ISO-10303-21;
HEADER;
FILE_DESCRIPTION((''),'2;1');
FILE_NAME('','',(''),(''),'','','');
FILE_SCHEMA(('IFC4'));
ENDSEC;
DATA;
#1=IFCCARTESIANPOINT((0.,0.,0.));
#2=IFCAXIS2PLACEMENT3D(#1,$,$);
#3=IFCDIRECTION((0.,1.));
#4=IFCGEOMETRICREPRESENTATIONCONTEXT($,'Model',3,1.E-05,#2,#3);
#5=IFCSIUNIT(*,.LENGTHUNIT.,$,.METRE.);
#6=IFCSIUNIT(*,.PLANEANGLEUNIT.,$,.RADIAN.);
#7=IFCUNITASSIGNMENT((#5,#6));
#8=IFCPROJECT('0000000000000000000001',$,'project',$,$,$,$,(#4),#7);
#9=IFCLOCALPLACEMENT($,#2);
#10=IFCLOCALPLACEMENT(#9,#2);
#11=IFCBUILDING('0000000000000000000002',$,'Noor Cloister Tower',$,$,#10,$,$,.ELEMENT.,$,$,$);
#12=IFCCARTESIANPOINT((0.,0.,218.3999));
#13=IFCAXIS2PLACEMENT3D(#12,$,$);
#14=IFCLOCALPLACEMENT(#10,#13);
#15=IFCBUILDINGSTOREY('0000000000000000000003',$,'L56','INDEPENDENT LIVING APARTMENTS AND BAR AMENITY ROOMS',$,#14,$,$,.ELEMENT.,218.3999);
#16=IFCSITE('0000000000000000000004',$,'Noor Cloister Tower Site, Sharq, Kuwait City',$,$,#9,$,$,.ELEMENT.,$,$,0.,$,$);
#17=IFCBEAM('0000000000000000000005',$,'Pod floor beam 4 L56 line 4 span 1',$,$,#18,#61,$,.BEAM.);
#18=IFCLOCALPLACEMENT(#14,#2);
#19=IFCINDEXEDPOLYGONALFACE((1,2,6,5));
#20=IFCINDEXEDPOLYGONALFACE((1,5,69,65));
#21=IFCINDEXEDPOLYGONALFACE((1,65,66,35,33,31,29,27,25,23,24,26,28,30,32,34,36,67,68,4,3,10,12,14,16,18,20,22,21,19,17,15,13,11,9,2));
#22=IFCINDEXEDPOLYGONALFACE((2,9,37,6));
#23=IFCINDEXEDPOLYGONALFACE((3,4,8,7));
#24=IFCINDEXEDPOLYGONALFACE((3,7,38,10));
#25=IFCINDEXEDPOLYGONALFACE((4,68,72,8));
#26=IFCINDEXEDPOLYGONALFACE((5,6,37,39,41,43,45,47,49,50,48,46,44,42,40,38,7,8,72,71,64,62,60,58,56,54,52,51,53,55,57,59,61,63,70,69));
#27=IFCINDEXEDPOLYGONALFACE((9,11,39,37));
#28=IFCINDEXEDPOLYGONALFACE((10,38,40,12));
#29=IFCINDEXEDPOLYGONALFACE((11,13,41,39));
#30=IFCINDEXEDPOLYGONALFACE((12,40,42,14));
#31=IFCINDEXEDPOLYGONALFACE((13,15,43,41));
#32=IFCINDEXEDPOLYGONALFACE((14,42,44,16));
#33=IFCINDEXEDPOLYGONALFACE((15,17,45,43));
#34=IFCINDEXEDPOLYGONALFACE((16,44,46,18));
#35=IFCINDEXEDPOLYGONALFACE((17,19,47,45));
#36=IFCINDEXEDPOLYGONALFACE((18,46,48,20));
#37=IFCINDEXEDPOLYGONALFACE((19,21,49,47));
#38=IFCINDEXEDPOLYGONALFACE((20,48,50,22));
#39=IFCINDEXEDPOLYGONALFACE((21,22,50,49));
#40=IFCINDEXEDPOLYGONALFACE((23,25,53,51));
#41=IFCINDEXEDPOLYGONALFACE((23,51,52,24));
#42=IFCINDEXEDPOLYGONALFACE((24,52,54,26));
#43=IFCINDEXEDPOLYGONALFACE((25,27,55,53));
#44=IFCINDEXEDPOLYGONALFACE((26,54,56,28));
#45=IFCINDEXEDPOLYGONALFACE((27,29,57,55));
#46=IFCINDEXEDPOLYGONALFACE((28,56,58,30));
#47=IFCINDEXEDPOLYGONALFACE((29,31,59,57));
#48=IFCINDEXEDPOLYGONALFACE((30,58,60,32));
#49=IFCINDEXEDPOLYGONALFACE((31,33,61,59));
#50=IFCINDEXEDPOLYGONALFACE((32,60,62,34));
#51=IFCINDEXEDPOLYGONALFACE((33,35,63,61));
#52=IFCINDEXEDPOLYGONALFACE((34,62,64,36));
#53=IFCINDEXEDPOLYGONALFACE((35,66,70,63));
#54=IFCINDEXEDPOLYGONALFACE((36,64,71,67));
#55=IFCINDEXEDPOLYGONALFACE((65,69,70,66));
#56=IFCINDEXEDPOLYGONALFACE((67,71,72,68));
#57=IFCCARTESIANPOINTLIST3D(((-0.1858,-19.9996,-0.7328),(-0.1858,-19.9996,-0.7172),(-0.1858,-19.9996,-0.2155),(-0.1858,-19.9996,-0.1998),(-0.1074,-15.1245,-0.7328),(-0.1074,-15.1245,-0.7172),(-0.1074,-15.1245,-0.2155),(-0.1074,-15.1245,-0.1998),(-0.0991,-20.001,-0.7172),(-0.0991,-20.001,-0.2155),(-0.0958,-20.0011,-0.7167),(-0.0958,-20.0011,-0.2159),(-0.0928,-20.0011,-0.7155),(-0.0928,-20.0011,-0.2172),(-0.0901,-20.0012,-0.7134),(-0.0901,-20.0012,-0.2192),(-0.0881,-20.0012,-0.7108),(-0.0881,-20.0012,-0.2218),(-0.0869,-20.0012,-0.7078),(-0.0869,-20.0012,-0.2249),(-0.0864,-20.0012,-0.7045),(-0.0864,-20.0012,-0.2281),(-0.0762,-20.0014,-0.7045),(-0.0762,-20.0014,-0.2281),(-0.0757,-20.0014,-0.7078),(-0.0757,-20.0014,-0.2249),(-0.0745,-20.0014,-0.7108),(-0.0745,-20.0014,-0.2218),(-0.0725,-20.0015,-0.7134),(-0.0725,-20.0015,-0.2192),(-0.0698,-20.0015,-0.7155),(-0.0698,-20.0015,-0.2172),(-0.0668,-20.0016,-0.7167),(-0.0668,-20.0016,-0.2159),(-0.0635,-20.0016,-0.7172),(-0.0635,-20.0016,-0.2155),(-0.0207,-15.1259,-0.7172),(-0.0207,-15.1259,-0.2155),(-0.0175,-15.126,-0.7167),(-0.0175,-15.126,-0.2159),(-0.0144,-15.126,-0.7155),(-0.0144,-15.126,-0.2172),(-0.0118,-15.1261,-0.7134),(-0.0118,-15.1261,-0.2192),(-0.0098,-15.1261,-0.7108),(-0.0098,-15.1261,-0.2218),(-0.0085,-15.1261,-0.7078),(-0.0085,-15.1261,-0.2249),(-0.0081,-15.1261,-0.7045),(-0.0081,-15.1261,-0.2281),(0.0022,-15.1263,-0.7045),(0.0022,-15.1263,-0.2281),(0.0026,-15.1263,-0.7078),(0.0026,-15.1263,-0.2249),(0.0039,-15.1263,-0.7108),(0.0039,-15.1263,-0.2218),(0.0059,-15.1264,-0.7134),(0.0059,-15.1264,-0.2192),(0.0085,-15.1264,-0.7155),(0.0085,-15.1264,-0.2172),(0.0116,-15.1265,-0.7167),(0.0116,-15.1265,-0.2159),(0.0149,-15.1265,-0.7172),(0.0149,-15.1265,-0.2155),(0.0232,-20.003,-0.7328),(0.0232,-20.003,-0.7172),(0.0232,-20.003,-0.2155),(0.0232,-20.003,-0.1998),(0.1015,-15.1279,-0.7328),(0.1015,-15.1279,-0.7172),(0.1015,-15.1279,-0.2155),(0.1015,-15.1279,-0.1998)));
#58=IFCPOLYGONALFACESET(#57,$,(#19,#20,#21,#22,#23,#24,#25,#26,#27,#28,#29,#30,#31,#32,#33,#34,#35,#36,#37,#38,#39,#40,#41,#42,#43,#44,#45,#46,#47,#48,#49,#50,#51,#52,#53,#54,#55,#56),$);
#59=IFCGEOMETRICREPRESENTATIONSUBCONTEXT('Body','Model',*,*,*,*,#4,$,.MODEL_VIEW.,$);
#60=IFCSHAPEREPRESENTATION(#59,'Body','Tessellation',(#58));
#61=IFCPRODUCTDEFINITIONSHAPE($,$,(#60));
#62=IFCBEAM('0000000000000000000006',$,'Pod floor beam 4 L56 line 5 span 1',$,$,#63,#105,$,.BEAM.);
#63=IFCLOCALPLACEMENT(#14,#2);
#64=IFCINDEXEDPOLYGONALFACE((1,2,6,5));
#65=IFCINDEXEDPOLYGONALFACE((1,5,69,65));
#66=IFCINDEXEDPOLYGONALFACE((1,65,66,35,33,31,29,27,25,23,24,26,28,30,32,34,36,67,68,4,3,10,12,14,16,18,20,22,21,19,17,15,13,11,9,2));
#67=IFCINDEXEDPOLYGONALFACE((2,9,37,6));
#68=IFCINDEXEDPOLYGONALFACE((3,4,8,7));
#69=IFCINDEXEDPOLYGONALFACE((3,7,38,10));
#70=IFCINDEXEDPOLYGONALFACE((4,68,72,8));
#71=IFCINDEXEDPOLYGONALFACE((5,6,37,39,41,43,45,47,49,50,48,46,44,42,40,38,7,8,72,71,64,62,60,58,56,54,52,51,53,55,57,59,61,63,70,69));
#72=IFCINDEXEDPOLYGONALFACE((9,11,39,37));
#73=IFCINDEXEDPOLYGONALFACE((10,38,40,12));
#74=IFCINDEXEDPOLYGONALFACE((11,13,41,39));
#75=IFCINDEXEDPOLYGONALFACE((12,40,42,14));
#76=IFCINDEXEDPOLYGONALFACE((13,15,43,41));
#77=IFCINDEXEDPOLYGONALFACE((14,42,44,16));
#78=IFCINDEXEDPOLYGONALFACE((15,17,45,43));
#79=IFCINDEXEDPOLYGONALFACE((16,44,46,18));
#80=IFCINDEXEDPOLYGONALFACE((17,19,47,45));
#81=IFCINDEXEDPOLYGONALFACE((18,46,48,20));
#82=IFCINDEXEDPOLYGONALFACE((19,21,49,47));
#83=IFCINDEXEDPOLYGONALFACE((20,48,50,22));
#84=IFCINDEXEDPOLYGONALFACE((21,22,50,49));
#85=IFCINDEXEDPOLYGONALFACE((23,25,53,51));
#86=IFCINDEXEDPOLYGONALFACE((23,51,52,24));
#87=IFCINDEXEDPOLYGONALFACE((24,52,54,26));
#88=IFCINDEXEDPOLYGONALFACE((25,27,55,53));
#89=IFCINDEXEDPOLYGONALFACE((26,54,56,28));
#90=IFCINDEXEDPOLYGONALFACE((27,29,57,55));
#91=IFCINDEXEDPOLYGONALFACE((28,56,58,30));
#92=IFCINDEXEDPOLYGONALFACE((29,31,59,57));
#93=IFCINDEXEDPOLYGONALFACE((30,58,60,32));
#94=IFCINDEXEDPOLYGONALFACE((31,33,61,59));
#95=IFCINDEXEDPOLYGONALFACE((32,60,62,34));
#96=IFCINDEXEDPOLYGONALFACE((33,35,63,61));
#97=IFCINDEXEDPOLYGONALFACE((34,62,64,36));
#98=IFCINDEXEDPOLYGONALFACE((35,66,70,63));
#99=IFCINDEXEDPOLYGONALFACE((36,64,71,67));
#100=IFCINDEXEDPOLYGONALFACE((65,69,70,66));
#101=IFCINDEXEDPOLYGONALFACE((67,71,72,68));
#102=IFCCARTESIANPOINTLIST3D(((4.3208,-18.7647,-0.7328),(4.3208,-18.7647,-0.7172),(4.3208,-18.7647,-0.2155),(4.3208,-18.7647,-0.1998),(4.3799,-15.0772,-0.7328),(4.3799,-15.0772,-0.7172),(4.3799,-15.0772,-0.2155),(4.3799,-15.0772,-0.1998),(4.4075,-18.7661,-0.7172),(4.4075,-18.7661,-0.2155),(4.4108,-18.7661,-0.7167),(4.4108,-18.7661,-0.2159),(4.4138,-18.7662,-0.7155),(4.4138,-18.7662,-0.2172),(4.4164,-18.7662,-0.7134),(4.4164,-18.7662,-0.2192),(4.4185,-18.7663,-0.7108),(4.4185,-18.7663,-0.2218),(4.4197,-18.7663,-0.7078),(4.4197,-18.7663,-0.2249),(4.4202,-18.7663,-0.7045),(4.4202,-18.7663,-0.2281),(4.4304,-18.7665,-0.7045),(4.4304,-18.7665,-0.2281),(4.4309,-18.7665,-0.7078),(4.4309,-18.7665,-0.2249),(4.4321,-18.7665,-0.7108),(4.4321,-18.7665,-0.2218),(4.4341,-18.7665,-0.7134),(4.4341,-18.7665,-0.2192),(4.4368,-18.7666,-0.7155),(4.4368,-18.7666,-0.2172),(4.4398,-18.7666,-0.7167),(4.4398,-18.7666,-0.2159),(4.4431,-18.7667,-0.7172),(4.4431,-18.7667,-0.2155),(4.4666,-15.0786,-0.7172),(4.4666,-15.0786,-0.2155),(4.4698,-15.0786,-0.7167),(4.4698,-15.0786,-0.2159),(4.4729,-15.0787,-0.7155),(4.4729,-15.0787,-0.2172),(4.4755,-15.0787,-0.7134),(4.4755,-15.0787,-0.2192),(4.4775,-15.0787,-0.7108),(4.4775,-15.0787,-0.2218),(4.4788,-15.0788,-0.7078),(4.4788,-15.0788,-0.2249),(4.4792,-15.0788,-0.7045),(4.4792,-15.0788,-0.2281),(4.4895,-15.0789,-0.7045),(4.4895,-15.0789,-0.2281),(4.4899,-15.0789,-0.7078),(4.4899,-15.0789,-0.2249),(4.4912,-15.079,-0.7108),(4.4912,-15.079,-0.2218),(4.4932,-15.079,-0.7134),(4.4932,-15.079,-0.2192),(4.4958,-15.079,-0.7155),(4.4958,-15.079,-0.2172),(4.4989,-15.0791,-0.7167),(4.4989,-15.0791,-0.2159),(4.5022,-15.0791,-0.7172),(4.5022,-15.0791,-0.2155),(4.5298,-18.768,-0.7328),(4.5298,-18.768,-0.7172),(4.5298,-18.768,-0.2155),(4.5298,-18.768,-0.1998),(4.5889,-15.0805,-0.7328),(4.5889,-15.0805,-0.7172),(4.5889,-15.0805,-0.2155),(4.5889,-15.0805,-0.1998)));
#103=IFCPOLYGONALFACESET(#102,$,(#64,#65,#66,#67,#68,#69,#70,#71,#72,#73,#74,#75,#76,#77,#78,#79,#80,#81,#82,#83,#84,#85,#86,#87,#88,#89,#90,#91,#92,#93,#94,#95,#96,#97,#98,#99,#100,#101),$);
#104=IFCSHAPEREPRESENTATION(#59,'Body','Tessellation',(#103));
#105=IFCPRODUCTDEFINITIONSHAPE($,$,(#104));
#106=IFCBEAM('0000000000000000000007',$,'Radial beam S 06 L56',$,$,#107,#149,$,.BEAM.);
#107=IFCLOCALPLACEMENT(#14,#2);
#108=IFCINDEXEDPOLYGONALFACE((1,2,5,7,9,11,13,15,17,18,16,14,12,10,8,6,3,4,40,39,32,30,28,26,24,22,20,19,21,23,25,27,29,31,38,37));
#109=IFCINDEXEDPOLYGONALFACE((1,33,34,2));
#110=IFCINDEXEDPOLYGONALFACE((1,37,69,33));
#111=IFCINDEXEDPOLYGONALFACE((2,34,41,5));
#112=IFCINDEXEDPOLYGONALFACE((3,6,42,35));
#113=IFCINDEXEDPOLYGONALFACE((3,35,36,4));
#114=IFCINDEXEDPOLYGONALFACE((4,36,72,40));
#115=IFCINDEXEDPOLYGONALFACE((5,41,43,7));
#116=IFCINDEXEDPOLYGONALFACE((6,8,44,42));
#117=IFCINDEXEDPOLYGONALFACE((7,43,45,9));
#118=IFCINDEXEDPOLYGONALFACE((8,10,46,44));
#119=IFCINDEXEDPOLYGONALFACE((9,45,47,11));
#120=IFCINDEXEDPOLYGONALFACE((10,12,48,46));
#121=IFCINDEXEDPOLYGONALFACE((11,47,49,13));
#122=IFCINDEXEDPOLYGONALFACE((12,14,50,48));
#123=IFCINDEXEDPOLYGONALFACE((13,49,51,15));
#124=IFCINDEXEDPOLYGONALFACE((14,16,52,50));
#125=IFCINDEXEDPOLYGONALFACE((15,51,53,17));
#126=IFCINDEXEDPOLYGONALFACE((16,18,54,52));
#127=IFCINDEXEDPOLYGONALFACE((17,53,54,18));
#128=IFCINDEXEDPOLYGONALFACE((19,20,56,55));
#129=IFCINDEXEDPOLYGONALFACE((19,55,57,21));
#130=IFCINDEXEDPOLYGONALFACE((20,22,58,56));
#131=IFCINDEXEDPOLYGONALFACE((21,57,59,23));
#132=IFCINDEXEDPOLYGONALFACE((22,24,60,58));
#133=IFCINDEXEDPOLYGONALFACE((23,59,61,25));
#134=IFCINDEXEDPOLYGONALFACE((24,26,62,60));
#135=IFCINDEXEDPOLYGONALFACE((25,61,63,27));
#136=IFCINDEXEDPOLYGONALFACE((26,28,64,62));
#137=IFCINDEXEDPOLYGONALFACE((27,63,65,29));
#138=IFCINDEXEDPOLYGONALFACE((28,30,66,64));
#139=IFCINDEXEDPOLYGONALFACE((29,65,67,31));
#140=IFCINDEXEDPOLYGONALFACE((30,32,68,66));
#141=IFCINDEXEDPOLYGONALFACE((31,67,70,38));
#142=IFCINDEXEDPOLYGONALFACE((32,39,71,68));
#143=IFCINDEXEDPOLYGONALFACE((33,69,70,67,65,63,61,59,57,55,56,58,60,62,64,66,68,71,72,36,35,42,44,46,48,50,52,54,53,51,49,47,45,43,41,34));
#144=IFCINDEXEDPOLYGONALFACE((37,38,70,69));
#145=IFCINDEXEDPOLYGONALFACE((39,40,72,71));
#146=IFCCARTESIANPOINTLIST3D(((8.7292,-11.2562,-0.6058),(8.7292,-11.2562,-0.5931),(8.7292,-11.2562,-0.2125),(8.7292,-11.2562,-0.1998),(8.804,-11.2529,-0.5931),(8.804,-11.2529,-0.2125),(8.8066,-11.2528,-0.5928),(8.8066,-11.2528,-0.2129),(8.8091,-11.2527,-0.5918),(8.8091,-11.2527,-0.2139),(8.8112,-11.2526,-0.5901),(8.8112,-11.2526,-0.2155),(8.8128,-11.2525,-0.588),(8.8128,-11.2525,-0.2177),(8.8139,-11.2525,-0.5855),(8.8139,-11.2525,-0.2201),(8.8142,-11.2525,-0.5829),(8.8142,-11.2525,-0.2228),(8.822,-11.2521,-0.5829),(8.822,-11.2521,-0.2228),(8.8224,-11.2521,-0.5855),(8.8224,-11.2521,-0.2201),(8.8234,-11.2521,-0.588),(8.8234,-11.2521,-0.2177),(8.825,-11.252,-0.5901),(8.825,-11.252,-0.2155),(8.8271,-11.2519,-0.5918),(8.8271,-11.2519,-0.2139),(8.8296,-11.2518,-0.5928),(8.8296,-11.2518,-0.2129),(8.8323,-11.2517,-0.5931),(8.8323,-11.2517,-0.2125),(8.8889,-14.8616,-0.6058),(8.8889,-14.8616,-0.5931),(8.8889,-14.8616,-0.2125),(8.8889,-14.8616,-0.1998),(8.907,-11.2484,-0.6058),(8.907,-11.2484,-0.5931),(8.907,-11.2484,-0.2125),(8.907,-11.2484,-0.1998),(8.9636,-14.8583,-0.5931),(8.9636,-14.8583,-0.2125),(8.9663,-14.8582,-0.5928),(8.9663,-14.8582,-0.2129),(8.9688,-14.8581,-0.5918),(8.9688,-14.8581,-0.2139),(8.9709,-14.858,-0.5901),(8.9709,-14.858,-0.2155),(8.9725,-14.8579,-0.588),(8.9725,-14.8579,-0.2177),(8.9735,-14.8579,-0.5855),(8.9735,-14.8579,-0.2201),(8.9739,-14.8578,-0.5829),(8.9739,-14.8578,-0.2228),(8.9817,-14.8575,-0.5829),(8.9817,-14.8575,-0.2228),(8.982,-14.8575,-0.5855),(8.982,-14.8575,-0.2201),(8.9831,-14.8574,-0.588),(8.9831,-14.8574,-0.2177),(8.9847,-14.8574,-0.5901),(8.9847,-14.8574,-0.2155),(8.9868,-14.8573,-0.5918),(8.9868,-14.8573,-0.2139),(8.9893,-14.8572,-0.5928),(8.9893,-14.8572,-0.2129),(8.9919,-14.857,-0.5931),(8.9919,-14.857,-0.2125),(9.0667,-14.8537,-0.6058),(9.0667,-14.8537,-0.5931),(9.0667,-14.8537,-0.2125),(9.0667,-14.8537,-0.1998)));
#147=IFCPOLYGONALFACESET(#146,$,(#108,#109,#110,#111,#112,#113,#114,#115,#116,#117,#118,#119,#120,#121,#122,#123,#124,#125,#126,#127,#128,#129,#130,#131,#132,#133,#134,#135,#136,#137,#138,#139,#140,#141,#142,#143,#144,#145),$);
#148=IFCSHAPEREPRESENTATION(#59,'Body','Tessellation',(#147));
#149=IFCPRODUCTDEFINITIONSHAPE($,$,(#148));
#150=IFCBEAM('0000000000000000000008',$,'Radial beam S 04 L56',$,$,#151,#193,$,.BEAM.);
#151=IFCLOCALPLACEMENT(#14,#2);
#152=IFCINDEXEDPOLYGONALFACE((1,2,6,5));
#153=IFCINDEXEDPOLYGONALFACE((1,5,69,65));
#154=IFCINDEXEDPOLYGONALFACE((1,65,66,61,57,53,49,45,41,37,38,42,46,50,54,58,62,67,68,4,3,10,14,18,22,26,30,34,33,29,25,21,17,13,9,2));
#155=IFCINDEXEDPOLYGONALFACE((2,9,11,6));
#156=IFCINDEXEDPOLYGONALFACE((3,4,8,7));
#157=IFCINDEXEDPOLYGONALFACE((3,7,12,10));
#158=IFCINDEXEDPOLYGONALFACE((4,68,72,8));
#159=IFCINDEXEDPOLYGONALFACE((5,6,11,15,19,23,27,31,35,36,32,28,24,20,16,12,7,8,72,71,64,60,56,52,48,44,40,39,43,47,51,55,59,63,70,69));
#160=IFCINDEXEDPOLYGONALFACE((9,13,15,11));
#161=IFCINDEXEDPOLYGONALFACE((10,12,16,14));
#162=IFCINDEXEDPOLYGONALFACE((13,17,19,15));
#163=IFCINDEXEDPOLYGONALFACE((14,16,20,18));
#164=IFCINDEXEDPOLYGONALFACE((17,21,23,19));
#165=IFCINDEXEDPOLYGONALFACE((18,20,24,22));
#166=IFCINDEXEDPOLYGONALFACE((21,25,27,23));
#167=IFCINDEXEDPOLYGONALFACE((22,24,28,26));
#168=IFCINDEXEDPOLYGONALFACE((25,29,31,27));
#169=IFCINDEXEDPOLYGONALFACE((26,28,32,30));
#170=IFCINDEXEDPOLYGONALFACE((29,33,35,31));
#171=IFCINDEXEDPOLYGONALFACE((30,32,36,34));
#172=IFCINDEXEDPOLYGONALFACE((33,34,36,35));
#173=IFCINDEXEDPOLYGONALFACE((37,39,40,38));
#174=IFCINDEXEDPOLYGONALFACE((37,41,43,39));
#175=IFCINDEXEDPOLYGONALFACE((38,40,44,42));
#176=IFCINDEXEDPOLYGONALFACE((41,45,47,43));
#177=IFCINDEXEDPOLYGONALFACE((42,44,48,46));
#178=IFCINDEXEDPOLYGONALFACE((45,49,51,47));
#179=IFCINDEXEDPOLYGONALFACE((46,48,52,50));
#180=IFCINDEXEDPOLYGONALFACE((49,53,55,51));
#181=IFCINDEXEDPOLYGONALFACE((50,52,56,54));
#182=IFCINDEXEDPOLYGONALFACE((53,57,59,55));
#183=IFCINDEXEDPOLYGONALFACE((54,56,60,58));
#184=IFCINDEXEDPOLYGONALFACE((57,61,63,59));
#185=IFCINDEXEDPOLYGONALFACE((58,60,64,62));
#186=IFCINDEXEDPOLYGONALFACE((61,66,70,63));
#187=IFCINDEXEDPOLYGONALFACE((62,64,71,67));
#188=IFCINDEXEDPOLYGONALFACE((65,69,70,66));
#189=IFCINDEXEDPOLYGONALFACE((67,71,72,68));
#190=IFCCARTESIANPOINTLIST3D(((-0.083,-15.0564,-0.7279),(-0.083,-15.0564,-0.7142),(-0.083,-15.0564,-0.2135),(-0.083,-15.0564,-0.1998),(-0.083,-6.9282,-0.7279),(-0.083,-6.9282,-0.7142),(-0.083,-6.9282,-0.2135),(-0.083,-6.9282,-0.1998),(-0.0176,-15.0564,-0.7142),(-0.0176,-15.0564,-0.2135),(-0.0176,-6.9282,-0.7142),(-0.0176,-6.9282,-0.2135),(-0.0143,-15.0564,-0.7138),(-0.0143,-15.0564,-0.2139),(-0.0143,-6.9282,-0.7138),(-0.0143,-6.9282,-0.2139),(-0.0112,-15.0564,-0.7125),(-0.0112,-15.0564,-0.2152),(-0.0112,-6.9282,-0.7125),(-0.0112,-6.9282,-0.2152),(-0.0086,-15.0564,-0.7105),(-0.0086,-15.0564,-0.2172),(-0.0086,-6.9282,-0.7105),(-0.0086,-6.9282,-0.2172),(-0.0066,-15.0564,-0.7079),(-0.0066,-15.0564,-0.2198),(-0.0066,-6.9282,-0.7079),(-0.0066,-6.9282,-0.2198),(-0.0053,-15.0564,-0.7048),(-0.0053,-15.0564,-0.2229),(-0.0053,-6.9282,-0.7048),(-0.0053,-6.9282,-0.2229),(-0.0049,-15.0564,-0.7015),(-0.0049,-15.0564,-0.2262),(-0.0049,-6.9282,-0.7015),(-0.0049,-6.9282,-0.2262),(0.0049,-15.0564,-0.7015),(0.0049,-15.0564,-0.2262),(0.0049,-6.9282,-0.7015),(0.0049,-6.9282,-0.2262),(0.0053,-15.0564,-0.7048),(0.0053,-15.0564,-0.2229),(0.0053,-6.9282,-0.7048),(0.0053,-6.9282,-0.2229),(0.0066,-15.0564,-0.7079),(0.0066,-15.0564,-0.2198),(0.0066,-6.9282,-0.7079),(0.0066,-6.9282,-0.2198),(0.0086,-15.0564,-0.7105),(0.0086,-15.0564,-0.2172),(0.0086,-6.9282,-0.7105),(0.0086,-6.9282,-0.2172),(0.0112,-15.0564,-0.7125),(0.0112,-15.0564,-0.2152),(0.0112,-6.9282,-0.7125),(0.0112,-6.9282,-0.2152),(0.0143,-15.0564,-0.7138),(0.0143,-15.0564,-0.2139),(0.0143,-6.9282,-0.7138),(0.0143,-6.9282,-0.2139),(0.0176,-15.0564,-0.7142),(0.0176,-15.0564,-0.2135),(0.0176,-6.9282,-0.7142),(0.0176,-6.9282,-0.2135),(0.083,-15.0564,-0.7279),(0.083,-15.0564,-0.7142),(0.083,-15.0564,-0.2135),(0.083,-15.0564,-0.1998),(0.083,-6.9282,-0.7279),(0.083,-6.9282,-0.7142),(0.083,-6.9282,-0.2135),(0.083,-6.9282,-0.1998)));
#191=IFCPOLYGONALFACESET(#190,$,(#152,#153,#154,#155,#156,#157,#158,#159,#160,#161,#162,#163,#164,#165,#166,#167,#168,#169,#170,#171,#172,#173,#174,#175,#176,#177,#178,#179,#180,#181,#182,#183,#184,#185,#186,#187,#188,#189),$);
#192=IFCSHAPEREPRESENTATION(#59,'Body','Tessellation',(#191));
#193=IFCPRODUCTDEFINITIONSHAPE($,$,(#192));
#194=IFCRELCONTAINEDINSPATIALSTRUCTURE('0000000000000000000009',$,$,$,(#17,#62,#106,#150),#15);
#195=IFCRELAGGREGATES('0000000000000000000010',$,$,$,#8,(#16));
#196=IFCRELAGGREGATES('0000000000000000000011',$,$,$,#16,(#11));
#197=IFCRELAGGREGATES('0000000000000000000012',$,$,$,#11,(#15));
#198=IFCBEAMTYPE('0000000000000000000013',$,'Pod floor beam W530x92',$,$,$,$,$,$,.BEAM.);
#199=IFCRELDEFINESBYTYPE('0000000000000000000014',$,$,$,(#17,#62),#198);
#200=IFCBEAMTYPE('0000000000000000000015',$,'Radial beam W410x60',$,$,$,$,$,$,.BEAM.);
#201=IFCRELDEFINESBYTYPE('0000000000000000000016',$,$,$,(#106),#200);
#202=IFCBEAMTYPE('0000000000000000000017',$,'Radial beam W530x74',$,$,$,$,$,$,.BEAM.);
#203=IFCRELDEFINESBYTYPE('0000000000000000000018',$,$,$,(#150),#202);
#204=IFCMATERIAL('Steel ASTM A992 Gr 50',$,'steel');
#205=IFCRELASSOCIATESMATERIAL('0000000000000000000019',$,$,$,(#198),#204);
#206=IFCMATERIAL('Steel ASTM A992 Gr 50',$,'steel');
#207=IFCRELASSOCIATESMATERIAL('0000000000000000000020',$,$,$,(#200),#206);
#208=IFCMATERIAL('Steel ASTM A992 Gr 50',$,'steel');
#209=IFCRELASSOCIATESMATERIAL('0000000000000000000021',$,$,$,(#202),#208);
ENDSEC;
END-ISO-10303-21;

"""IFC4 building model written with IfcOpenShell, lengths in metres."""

from ifc_helpers import new_model, si_unit, direction, frame, origin, origin_2d, place, context, subcontext, project, spatial, i_section, extrude, material, material_profile, profile_set, type_object, element, save


model = new_model("IFC4")

# Units and contexts
model_context = context("Model", 3, precision=1e-05, world=origin(), true_north=direction((0.0, 1.0)))
body_context = subcontext(model_context, "Body", "Model", "MODEL_VIEW")
ifc_project = project(units=[si_unit("LENGTHUNIT", "METRE"), si_unit("PLANEANGLEUNIT", "RADIAN")], contexts=[model_context])

# Site, building, storey
site_placement = place(None, origin())
site = spatial("IfcSite", under=ifc_project, at=site_placement, Name="Noor Cloister Tower Site, Sharq, Kuwait City", CompositionType="ELEMENT", RefElevation=0.0)
building_placement = place(site_placement, origin())
building = spatial("IfcBuilding", under=site, at=building_placement, Name="Noor Cloister Tower", CompositionType="ELEMENT")
storey_placement = place(building_placement, frame((0.0, 0.0, 218.3999)))
storey = spatial("IfcBuildingStorey", under=building, at=storey_placement, Name="L56", Description="INDEPENDENT LIVING APARTMENTS AND BAR AMENITY ROOMS", CompositionType="ELEMENT", Elevation=218.3999)

# Beams
ifc_material_1 = material(Name="Steel ASTM A992 Gr 50", Category="steel")
ifc_material_profile_1 = material_profile(ifc_material_1, i_section(OverallWidth=0.209, OverallDepth=0.533, WebThickness=0.0103, FlangeThickness=0.0156, FilletRadius=0.0127, at=origin_2d()), Name="W530x92")
ifc_profile_set_1 = profile_set([ifc_material_profile_1], Name="Steel ASTM A992 Gr 50")
beam_type_1 = type_object("IfcBeamType", Name="Pod floor beam W530x92", PredefinedType="BEAM", material=ifc_profile_set_1)
beam_1_placement = place(storey_placement, frame((-0.0029, -15.1262, -0.4663), z_axis=(-0.016074, -0.999871, 0.0), x_axis=(0.999871, -0.016074, 0.0)))
element("IfcBeam", 1, at=beam_1_placement, inside=storey, type_object=beam_type_1, Name="Pod floor beam 4 L56 line 4 span 1", PredefinedType="BEAM", context=body_context, shape_type="SweptSolid", body=[
    extrude(i_section(OverallWidth=0.209, OverallDepth=0.533, WebThickness=0.0103, FlangeThickness=0.0156, FilletRadius=0.0127, at=origin_2d()), origin(), (0.0, 0.0, 1.0), 4.8757),
])
beam_2_placement = place(storey_placement, frame((4.4844, -15.0789, -0.4663), z_axis=(-0.01602, -0.999872, 0.0), x_axis=(0.999872, -0.01602, 0.0)))
element("IfcBeam", 2, at=beam_2_placement, inside=storey, type_object=beam_type_1, Name="Pod floor beam 4 L56 line 5 span 1", PredefinedType="BEAM", context=body_context, shape_type="SweptSolid", body=[
    extrude(i_section(OverallWidth=0.209, OverallDepth=0.533, WebThickness=0.0103, FlangeThickness=0.0156, FilletRadius=0.0127, at=origin_2d()), origin(), (0.0, 0.0, 1.0), 3.688),
])
ifc_material_2 = material(Name="Steel ASTM A992 Gr 50", Category="steel")
ifc_material_profile_2 = material_profile(ifc_material_2, i_section(OverallWidth=0.178, OverallDepth=0.406, WebThickness=0.0078, FlangeThickness=0.0127, FilletRadius=0.0103, at=origin_2d()), Name="W410x60")
ifc_profile_set_2 = profile_set([ifc_material_profile_2], Name="Steel ASTM A992 Gr 50")
beam_type_2 = type_object("IfcBeamType", Name="Radial beam W410x60", PredefinedType="BEAM", material=ifc_profile_set_2)
beam_3_placement = place(storey_placement, frame((8.9778, -14.8577, -0.4028), z_axis=(-0.044242, 0.999021, 0.0), x_axis=(-0.999021, -0.044242, 0.0)))
element("IfcBeam", 3, at=beam_3_placement, inside=storey, type_object=beam_type_2, Name="Radial beam S 06 L56", PredefinedType="BEAM", context=body_context, shape_type="SweptSolid", body=[
    extrude(i_section(OverallWidth=0.178, OverallDepth=0.406, WebThickness=0.0078, FlangeThickness=0.0127, FilletRadius=0.0103, at=origin_2d()), origin(), (0.0, 0.0, 1.0), 3.6089),
])
ifc_material_3 = material(Name="Steel ASTM A992 Gr 50", Category="steel")
ifc_material_profile_3 = material_profile(ifc_material_3, i_section(OverallWidth=0.166, OverallDepth=0.5281, WebThickness=0.0098, FlangeThickness=0.0137, FilletRadius=0.0127, at=origin_2d()), Name="W530x74")
ifc_profile_set_3 = profile_set([ifc_material_profile_3], Name="Steel ASTM A992 Gr 50")
beam_type_3 = type_object("IfcBeamType", Name="Radial beam W530x74", PredefinedType="BEAM", material=ifc_profile_set_3)
beam_4_placement = place(storey_placement, frame((0.0, -15.0564, -0.4639), z_axis=(0.0, 1.0, 0.0), x_axis=(-1.0, 0.0, 0.0)))
element("IfcBeam", 4, at=beam_4_placement, inside=storey, type_object=beam_type_3, Name="Radial beam S 04 L56", PredefinedType="BEAM", context=body_context, shape_type="SweptSolid", body=[
    extrude(i_section(OverallWidth=0.166, OverallDepth=0.5281, WebThickness=0.0098, FlangeThickness=0.0137, FilletRadius=0.0127, at=origin_2d()), origin(), (0.0, 0.0, 1.0), 8.1282),
])

save(model, "model.ifc")
